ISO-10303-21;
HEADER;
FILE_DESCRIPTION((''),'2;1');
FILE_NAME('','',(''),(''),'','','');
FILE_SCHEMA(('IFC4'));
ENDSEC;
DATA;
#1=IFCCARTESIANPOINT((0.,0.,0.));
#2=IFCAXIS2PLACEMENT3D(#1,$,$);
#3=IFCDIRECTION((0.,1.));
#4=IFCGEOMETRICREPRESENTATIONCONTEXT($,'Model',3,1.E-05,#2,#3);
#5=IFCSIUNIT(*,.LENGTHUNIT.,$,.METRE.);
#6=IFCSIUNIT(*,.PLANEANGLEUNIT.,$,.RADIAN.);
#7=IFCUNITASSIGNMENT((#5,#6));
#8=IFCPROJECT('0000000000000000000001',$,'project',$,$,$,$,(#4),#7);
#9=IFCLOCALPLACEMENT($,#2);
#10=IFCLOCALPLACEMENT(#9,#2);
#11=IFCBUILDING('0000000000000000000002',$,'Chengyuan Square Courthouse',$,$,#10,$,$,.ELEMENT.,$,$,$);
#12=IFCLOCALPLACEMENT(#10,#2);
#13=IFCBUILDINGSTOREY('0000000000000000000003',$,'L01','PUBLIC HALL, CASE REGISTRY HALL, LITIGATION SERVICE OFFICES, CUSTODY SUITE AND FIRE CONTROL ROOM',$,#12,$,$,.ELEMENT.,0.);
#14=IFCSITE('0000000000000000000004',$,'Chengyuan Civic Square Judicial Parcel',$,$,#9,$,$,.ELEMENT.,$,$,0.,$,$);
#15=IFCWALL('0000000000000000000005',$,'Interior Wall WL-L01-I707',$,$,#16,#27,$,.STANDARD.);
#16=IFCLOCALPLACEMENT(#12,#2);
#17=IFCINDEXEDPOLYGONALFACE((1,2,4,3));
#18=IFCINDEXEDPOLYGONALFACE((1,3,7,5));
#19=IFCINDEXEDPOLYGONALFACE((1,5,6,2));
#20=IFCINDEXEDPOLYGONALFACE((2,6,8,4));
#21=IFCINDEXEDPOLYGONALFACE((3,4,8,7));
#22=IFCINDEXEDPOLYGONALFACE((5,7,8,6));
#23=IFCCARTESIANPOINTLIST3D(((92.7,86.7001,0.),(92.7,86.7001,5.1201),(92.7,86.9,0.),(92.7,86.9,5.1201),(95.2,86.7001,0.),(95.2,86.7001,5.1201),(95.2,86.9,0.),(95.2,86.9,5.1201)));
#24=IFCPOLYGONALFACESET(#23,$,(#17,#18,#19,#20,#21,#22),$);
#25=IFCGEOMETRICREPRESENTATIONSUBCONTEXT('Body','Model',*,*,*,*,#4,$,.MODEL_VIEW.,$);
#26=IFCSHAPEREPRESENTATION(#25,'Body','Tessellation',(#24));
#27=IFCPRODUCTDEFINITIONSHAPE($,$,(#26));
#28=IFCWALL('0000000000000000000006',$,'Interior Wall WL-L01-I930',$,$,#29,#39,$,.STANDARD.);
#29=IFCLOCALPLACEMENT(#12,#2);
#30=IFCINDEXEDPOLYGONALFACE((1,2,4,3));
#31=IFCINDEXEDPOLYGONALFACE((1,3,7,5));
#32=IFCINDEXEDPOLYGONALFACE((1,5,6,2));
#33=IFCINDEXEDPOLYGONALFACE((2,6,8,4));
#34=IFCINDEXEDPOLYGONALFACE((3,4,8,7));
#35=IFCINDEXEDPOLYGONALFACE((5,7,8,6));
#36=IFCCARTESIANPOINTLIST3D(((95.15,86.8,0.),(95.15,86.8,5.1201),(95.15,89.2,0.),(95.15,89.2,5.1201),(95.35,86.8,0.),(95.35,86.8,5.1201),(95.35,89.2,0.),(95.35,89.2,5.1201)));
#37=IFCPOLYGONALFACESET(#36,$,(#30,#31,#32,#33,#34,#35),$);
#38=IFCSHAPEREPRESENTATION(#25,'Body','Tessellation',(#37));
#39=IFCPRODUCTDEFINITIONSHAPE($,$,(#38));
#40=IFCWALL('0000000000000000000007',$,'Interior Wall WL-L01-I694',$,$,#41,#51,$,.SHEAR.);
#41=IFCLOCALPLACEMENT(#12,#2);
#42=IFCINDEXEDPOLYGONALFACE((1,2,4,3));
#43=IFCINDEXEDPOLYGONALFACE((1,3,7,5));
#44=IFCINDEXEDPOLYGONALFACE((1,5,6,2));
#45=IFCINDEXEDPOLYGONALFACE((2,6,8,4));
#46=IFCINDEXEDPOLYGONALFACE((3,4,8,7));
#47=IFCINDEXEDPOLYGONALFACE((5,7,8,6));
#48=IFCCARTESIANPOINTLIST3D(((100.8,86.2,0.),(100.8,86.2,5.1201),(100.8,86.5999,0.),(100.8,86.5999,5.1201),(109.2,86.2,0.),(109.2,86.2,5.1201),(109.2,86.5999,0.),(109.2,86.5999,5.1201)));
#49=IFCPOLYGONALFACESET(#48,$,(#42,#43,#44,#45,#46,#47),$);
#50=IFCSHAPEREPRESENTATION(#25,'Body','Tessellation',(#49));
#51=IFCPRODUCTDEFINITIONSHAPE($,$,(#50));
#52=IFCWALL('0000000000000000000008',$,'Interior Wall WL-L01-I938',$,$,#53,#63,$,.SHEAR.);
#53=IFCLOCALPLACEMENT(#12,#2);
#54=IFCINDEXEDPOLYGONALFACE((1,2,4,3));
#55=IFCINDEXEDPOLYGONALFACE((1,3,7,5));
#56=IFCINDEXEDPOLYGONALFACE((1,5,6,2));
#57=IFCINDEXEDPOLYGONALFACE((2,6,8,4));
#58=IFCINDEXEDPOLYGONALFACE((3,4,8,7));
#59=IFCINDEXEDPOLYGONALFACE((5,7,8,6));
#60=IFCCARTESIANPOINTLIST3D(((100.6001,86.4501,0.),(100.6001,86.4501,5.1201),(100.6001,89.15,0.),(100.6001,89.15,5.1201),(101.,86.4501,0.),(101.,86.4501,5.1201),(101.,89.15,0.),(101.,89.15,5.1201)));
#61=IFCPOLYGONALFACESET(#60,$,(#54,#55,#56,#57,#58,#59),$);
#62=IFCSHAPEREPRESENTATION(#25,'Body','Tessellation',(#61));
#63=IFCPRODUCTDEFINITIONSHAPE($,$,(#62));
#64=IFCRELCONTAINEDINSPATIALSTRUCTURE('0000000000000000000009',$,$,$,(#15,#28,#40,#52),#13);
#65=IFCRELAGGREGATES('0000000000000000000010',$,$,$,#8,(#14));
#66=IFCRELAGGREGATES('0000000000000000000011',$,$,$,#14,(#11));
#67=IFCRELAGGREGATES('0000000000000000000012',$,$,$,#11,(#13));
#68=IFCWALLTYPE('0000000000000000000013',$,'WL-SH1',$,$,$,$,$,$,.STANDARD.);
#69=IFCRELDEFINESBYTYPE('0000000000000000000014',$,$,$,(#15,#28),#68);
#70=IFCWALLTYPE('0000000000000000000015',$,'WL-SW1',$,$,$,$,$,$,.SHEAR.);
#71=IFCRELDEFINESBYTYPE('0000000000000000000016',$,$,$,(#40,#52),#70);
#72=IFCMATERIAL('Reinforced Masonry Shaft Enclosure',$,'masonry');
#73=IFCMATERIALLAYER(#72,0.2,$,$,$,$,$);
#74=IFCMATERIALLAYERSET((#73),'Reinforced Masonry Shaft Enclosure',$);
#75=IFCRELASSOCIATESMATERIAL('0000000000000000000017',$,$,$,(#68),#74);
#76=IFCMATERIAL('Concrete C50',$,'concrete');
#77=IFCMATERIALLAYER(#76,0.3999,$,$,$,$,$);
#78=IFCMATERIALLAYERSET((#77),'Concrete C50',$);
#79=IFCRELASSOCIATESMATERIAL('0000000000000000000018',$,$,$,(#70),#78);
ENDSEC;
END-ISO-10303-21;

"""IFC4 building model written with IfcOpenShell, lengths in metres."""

from ifc_helpers import new_model, si_unit, direction, frame, frame_2d, origin, place, context, subcontext, project, spatial, rectangle, extrude, material, layer, layer_set, type_object, element, save


model = new_model("IFC4")

# Units and contexts
model_context = context("Model", 3, precision=1e-05, world=origin(), true_north=direction((0.0, 1.0)))
body_context = subcontext(model_context, "Body", "Model", "MODEL_VIEW")
ifc_project = project(units=[si_unit("LENGTHUNIT", "METRE"), si_unit("PLANEANGLEUNIT", "RADIAN")], contexts=[model_context])

# Site, building, storey
site_placement = place(None, origin())
site = spatial("IfcSite", under=ifc_project, at=site_placement, Name="Chengyuan Civic Square Judicial Parcel", CompositionType="ELEMENT", RefElevation=0.0)
building_placement = place(site_placement, origin())
building = spatial("IfcBuilding", under=site, at=building_placement, Name="Chengyuan Square Courthouse", CompositionType="ELEMENT")
storey_placement = place(building_placement, origin())
storey = spatial("IfcBuildingStorey", under=building, at=storey_placement, Name="L01", Description="PUBLIC HALL, CASE REGISTRY HALL, LITIGATION SERVICE OFFICES, CUSTODY SUITE AND FIRE CONTROL ROOM", CompositionType="ELEMENT", Elevation=0.0)

# Shared definitions
ifc_material_1 = material(Name="Concrete C50", Category="concrete")

# Walls
ifc_material_2 = material(Name="Reinforced Masonry Shaft Enclosure", Category="masonry")
ifc_layer_1 = layer(ifc_material_2, 0.2)
ifc_layer_set_1 = layer_set([ifc_layer_1], Name="Reinforced Masonry Shaft Enclosure")
wall_type_1 = type_object("IfcWallType", Name="WL-SH1", PredefinedType="STANDARD", material=ifc_layer_set_1)
wall_1_placement = place(storey_placement, frame((92.7, 86.8, 0.0), z_axis=(0.0, 0.0, 1.0), x_axis=(1.0, 0.0, 0.0)))
element("IfcWall", 1, at=wall_1_placement, inside=storey, type_object=wall_type_1, Name="Interior Wall WL-L01-I707", PredefinedType="STANDARD", context=body_context, shape_type="SweptSolid", body=[
    extrude(rectangle(XDim=2.5, YDim=0.2, at=frame_2d((1.25, 0.0))), origin(), (0.0, 0.0, 1.0), 5.1201),
])
wall_2_placement = place(storey_placement, frame((95.25, 86.8, 0.0), z_axis=(0.0, 0.0, 1.0), x_axis=(0.0, 1.0, 0.0)))
element("IfcWall", 2, at=wall_2_placement, inside=storey, type_object=wall_type_1, Name="Interior Wall WL-L01-I930", PredefinedType="STANDARD", context=body_context, shape_type="SweptSolid", body=[
    extrude(rectangle(XDim=2.3999, YDim=0.2, at=frame_2d((1.2, 0.0))), origin(), (0.0, 0.0, 1.0), 5.1201),
])
ifc_layer_2 = layer(ifc_material_1, 0.3999)
ifc_layer_set_2 = layer_set([ifc_layer_2], Name="Concrete C50")
wall_type_2 = type_object("IfcWallType", Name="WL-SW1", PredefinedType="SHEAR", material=ifc_layer_set_2)
wall_3_placement = place(storey_placement, frame((100.8, 86.3999, 0.0), z_axis=(0.0, 0.0, 1.0), x_axis=(1.0, 0.0, 0.0)))
element("IfcWall", 3, at=wall_3_placement, inside=storey, type_object=wall_type_2, Name="Interior Wall WL-L01-I694", PredefinedType="SHEAR", context=body_context, shape_type="SweptSolid", body=[
    extrude(rectangle(XDim=8.3999, YDim=0.3999, at=frame_2d((4.2, 0.0))), origin(), (0.0, 0.0, 1.0), 5.1201),
])
wall_4_placement = place(storey_placement, frame((100.8, 86.45, 0.0), z_axis=(0.0, 0.0, 1.0), x_axis=(0.0, 1.0, 0.0)))
element("IfcWall", 4, at=wall_4_placement, inside=storey, type_object=wall_type_2, Name="Interior Wall WL-L01-I938", PredefinedType="SHEAR", context=body_context, shape_type="SweptSolid", body=[
    extrude(rectangle(XDim=2.7, YDim=0.3999, at=frame_2d((1.3501, 0.0))), origin(), (0.0, 0.0, 1.0), 5.1201),
])

save(model, "model.ifc")
